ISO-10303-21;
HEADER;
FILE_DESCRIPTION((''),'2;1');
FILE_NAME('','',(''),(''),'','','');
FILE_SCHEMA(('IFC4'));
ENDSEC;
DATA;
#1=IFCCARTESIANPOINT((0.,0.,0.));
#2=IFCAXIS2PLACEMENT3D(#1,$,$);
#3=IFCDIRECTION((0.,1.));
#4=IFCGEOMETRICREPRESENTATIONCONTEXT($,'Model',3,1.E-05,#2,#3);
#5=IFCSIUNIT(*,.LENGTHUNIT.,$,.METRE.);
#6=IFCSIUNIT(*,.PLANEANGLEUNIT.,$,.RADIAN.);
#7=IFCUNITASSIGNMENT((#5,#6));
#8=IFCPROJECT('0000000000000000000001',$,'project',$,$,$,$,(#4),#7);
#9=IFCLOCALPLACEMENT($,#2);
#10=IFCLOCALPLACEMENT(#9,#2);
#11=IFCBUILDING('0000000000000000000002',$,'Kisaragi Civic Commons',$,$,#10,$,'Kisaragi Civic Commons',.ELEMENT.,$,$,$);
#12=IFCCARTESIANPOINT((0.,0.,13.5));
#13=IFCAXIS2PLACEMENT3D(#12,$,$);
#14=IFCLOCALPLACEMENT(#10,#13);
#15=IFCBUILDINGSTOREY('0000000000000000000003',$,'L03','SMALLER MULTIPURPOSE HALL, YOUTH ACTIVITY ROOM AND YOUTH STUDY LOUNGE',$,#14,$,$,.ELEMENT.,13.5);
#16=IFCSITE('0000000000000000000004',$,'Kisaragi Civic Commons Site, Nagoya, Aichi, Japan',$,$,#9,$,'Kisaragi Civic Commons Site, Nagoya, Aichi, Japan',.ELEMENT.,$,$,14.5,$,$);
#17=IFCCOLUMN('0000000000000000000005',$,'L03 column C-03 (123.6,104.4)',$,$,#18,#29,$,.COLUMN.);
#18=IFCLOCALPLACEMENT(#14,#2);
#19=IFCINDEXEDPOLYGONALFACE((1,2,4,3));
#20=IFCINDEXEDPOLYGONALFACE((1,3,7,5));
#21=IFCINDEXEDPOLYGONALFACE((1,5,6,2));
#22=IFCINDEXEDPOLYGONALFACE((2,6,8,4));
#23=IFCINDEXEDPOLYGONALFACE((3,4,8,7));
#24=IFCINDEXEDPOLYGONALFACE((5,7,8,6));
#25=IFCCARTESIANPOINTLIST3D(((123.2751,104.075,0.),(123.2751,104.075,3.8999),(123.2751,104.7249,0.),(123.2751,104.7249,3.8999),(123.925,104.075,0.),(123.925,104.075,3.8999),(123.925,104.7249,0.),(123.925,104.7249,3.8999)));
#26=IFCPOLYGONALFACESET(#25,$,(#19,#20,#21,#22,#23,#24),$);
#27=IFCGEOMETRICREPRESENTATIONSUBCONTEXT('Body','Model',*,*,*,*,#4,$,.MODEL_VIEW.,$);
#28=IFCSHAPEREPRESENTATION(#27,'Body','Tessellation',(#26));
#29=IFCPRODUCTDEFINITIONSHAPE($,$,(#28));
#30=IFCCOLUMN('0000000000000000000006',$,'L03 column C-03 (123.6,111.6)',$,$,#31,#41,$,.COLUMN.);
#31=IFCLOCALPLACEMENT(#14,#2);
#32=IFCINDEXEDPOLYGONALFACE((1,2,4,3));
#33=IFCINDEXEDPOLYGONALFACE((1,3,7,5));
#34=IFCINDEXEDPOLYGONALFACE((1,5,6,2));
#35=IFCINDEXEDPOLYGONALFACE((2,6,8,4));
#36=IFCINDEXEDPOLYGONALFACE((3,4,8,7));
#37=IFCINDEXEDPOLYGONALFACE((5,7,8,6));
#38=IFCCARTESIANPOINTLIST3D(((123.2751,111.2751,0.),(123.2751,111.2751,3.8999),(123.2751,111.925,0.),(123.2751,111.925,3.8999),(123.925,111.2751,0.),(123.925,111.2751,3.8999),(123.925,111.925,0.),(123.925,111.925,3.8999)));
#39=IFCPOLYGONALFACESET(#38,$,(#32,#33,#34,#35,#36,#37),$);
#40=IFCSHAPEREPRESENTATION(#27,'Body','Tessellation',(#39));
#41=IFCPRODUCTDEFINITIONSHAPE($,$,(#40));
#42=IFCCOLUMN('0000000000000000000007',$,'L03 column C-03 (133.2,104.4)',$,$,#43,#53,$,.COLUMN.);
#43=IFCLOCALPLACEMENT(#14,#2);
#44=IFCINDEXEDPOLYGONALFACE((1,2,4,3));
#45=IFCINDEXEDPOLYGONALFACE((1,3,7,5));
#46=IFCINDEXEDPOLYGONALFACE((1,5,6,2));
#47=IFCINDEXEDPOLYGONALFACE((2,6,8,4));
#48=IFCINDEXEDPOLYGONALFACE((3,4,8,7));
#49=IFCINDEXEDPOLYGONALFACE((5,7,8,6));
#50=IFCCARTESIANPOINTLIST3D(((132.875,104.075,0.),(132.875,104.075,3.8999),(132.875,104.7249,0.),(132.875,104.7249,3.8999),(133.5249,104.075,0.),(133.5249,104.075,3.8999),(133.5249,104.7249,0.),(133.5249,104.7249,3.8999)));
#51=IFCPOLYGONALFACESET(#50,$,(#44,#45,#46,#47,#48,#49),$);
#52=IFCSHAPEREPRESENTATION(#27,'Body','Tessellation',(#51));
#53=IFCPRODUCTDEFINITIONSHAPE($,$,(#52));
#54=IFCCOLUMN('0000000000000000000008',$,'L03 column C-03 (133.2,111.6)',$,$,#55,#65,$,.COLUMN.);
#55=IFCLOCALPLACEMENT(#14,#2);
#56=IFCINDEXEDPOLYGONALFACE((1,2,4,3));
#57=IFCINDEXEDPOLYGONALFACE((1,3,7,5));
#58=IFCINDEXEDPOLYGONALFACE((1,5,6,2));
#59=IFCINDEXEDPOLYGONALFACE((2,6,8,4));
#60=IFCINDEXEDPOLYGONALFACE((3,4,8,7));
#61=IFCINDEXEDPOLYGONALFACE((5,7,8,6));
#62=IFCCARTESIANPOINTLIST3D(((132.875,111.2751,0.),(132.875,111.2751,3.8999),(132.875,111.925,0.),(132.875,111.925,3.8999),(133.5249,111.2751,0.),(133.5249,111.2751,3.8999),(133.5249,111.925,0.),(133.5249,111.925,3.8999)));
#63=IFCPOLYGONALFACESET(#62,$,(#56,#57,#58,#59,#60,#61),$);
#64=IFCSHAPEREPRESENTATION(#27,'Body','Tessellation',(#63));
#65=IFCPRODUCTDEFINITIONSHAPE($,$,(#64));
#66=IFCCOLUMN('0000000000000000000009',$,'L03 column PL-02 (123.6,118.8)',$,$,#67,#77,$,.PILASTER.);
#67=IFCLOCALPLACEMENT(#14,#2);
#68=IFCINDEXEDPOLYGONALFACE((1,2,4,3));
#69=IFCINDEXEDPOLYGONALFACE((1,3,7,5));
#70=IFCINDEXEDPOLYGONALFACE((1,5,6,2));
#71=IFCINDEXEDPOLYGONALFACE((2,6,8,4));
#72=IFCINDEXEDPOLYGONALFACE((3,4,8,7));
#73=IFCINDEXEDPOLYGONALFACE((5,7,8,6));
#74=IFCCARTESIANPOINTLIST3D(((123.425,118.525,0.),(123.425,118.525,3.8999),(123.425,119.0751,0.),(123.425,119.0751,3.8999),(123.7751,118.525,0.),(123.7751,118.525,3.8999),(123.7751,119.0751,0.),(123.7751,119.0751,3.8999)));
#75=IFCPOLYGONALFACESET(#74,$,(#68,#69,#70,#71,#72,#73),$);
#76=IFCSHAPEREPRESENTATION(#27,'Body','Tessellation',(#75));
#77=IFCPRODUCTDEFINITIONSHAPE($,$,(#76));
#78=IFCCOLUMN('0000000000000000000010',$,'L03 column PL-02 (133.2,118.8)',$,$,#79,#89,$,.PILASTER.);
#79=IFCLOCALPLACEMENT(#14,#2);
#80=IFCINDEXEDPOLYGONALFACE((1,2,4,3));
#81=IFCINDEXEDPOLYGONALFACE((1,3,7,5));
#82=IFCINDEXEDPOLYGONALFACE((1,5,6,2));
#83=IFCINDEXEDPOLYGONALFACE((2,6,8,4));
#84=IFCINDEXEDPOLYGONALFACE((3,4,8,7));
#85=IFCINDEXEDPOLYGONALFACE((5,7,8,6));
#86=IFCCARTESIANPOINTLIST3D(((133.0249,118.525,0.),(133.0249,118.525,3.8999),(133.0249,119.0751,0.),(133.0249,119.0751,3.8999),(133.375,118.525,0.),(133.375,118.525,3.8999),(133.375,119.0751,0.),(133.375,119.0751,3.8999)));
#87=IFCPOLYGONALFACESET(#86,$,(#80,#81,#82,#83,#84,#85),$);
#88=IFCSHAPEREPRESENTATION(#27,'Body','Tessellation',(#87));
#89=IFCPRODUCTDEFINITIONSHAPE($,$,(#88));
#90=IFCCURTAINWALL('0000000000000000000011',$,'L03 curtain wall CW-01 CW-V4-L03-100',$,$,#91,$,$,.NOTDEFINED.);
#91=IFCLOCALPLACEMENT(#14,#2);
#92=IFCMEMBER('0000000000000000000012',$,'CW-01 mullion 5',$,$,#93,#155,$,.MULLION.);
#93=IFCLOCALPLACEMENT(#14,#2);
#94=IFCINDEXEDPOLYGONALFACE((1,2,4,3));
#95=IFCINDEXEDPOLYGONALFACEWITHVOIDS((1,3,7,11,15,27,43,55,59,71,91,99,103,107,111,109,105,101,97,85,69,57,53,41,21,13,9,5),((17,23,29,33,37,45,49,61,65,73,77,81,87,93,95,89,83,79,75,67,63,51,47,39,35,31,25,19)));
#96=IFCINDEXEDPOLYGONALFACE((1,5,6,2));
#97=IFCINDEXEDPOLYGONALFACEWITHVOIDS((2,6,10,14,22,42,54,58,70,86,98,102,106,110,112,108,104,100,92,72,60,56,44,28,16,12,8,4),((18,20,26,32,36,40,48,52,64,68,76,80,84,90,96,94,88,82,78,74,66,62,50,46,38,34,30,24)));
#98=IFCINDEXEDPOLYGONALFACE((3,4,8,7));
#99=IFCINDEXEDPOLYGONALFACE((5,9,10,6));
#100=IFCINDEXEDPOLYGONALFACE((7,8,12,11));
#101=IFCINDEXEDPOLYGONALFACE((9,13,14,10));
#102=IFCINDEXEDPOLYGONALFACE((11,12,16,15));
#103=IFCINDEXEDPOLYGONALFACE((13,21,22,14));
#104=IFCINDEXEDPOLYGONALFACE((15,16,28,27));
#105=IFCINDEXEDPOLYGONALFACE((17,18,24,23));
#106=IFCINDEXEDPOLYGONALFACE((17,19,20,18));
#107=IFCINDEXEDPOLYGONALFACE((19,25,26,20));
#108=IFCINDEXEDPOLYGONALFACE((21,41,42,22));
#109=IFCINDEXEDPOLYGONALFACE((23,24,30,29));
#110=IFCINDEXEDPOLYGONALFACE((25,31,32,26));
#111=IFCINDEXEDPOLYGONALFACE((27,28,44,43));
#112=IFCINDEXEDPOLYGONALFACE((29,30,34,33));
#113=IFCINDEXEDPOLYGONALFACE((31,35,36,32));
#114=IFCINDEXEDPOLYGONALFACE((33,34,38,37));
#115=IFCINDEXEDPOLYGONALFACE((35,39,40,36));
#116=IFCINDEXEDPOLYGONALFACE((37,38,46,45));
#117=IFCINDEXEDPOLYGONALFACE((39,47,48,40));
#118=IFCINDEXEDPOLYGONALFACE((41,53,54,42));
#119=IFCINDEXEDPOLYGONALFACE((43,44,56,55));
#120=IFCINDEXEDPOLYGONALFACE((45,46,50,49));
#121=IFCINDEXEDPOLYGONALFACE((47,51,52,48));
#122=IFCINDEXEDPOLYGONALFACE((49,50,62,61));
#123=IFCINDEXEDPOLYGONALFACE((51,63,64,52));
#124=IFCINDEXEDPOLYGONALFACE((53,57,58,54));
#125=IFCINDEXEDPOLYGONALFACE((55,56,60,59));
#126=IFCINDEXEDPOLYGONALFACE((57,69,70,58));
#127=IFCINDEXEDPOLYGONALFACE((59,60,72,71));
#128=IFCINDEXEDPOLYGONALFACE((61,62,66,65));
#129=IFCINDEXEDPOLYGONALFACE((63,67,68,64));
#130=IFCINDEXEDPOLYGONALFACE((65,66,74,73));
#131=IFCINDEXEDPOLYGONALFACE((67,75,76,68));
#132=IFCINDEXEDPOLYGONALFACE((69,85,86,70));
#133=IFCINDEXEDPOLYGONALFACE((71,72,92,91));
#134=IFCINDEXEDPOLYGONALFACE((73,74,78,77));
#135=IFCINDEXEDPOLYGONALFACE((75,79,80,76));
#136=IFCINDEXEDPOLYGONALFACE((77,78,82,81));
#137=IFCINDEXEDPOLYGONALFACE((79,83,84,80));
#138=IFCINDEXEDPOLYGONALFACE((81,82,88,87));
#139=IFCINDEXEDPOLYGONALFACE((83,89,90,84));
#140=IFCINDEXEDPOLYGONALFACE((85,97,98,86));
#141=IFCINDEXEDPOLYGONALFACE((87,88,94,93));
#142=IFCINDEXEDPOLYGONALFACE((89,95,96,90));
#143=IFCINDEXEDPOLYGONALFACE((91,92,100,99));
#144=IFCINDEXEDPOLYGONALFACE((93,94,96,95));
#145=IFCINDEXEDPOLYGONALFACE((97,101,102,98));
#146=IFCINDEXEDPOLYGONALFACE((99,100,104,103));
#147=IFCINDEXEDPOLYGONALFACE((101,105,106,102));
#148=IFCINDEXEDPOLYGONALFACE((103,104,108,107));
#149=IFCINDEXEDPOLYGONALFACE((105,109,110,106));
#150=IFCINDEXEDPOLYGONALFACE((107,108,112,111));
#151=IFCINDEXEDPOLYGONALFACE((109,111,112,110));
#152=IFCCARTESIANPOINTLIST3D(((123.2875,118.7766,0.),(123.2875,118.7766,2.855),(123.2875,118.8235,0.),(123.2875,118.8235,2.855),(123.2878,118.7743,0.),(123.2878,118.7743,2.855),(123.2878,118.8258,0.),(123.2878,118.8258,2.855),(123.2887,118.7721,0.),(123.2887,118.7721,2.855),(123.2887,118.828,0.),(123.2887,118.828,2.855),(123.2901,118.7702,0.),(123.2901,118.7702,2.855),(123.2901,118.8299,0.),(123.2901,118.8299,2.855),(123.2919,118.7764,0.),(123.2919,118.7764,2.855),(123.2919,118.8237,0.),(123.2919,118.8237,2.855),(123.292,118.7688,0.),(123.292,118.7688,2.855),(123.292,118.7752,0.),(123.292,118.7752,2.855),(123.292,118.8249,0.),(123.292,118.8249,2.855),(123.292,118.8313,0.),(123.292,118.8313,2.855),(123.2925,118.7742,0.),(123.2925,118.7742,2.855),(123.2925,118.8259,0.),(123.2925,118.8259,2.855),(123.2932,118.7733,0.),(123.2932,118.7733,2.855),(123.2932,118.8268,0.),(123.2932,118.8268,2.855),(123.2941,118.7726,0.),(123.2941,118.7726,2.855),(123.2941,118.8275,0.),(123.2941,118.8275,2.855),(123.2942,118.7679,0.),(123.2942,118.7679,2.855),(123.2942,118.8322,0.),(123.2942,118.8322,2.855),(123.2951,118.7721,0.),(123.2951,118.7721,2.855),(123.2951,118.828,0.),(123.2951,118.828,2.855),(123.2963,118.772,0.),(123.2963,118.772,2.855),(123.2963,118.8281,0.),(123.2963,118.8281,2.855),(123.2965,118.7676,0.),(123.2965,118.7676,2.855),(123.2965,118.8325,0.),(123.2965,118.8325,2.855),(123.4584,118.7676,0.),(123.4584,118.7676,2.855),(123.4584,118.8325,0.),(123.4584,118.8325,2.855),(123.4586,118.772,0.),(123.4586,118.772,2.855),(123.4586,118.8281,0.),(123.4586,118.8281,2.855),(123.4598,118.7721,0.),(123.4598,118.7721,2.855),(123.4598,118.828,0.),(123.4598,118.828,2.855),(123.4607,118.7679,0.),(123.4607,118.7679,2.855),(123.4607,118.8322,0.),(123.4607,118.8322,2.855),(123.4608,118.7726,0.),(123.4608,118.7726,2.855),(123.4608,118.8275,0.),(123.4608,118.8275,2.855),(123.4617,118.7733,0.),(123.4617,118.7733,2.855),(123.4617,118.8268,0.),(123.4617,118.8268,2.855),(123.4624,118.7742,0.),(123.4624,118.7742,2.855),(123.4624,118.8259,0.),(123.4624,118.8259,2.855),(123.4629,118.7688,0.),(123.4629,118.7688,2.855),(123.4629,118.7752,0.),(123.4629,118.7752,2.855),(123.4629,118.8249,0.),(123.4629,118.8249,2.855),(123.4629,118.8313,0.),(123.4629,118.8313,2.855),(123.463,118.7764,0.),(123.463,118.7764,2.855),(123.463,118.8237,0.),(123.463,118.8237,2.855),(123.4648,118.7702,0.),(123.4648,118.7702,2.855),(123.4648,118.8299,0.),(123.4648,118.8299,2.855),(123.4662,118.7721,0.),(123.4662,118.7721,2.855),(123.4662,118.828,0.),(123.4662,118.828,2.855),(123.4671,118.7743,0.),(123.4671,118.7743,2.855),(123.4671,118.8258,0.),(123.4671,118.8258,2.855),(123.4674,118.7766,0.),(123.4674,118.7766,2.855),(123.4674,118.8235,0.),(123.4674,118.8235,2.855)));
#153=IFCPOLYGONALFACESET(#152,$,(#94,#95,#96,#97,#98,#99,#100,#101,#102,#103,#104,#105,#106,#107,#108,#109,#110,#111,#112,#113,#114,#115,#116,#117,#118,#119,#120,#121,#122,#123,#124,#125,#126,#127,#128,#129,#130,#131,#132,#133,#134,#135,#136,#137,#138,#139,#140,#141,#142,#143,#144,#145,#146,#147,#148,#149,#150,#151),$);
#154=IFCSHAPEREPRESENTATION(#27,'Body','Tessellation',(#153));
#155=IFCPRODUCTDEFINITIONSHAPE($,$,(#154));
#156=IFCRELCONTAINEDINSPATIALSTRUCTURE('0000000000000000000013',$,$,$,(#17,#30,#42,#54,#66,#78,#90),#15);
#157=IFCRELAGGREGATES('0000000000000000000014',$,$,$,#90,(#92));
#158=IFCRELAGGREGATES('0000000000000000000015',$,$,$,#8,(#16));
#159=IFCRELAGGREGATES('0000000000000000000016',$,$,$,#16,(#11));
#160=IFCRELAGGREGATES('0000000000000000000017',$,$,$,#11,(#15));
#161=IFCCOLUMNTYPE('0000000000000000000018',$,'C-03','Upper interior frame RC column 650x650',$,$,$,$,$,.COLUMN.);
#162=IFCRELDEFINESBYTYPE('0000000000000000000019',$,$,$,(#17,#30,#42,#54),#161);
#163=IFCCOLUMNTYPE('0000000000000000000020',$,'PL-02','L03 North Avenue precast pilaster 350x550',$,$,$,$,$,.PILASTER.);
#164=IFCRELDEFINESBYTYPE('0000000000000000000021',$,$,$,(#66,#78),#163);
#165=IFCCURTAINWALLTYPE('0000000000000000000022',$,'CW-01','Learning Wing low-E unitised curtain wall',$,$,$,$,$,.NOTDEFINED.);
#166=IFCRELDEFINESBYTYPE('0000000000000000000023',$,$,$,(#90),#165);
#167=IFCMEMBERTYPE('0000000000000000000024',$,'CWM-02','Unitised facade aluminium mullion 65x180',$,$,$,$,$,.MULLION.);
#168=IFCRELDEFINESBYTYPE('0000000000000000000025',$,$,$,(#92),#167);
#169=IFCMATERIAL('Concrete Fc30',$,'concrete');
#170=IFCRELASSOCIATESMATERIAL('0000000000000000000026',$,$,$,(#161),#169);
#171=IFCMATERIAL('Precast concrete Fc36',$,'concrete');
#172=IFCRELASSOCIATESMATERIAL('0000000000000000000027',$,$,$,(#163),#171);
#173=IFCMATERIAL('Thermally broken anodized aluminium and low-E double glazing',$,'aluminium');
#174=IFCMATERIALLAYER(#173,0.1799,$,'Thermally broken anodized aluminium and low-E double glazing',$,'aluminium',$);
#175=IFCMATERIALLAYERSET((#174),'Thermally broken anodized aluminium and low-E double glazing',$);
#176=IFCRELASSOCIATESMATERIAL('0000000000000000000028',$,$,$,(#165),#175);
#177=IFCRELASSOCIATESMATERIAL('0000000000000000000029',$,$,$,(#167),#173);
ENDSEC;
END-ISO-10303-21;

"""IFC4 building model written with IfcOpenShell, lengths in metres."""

from ifc_helpers import new_model, si_unit, direction, frame, origin, origin_2d, place, context, subcontext, project, spatial, rectangle, hollow_rectangle, extrude, material, layer, layer_set, material_profile, profile_set, type_object, element, aggregate, save


model = new_model("IFC4")

# Units and contexts
model_context = context("Model", 3, precision=1e-05, world=origin(), true_north=direction((0.0, 1.0)))
body_context = subcontext(model_context, "Body", "Model", "MODEL_VIEW")
ifc_project = project(units=[si_unit("LENGTHUNIT", "METRE"), si_unit("PLANEANGLEUNIT", "RADIAN")], contexts=[model_context])

# Site, building, storey
site_placement = place(None, origin())
site = spatial("IfcSite", under=ifc_project, at=site_placement, Name="Kisaragi Civic Commons Site, Nagoya, Aichi, Japan", LongName="Kisaragi Civic Commons Site, Nagoya, Aichi, Japan", CompositionType="ELEMENT", RefElevation=14.5)
building_placement = place(site_placement, origin())
building = spatial("IfcBuilding", under=site, at=building_placement, Name="Kisaragi Civic Commons", LongName="Kisaragi Civic Commons", CompositionType="ELEMENT")
storey_placement = place(building_placement, frame((0.0, 0.0, 13.5)))
storey = spatial("IfcBuildingStorey", under=building, at=storey_placement, Name="L03", Description="SMALLER MULTIPURPOSE HALL, YOUTH ACTIVITY ROOM AND YOUTH STUDY LOUNGE", CompositionType="ELEMENT", Elevation=13.5)

# Columns
ifc_material_1 = material(Name="Concrete Fc30", Category="concrete")
ifc_material_profile_1 = material_profile(ifc_material_1, rectangle(XDim=0.6499, YDim=0.6499, at=origin_2d()), Name="RC-650x650", Category="concrete")
ifc_profile_set_1 = profile_set([ifc_material_profile_1], Name="Concrete Fc30")
column_type_1 = type_object("IfcColumnType", Name="C-03", Description="Upper interior frame RC column 650x650", PredefinedType="COLUMN", material=ifc_profile_set_1)
for number, where, z_axis, x_axis, name in (
    (1, (123.6001, 104.3999, 0.0), (0.0, 0.0, 1.0), (1.0, 0.0, 0.0), "L03 column C-03 (123.6,104.4)"),
    (2, (123.6001, 111.6001, 0.0), (0.0, 0.0, 1.0), (1.0, 0.0, 0.0), "L03 column C-03 (123.6,111.6)"),
    (3, (133.2, 104.3999, 0.0), (0.0, 0.0, 1.0), (1.0, 0.0, 0.0), "L03 column C-03 (133.2,104.4)"),
    (4, (133.2, 111.6001, 0.0), (0.0, 0.0, 1.0), (1.0, 0.0, 0.0), "L03 column C-03 (133.2,111.6)"),
):
    element("IfcColumn", number, at=place(storey_placement, frame(where, z_axis=z_axis, x_axis=x_axis)), inside=storey, type_object=column_type_1, Name=name, PredefinedType="COLUMN", context=body_context, shape_type="SweptSolid", body=[
        extrude(rectangle(XDim=0.6499, YDim=0.6499, at=origin_2d()), origin(), (0.0, 0.0, 1.0), 3.8999),
    ])
ifc_material_2 = material(Name="Precast concrete Fc36", Category="concrete")
ifc_material_profile_2 = material_profile(ifc_material_2, rectangle(XDim=0.3501, YDim=0.55, at=origin_2d()), Name="RC-350x550", Category="concrete")
ifc_profile_set_2 = profile_set([ifc_material_profile_2], Name="Precast concrete Fc36")
column_type_2 = type_object("IfcColumnType", Name="PL-02", Description="L03 North Avenue precast pilaster 350x550", PredefinedType="PILASTER", material=ifc_profile_set_2)
for number, where, z_axis, x_axis, name in (
    (5, (123.6001, 118.8, 0.0), (0.0, 0.0, 1.0), (1.0, 0.0, 0.0), "L03 column PL-02 (123.6,118.8)"),
    (6, (133.2, 118.8, 0.0), (0.0, 0.0, 1.0), (1.0, 0.0, 0.0), "L03 column PL-02 (133.2,118.8)"),
):
    element("IfcColumn", number, at=place(storey_placement, frame(where, z_axis=z_axis, x_axis=x_axis)), inside=storey, type_object=column_type_2, Name=name, PredefinedType="PILASTER", context=body_context, shape_type="SweptSolid", body=[
        extrude(rectangle(XDim=0.3501, YDim=0.55, at=origin_2d()), origin(), (0.0, 0.0, 1.0), 3.8999),
    ])

# Curtain wall, member
ifc_material_3 = material(Name="Thermally broken anodized aluminium and low-E double glazing", Category="aluminium")
ifc_layer_1 = layer(ifc_material_3, 0.1799, Name="Thermally broken anodized aluminium and low-E double glazing", Category="aluminium")
ifc_layer_set_1 = layer_set([ifc_layer_1], Name="Thermally broken anodized aluminium and low-E double glazing")
curtain_wall_type = type_object("IfcCurtainWallType", Name="CW-01", Description="Learning Wing low-E unitised curtain wall", PredefinedType="NOTDEFINED", material=ifc_layer_set_1)
curtain_wall_1_placement = place(storey_placement, origin())
curtain_wall_1 = element("IfcCurtainWall", 7, at=curtain_wall_1_placement, inside=storey, type_object=curtain_wall_type, Name="L03 curtain wall CW-01 CW-V4-L03-100", PredefinedType="NOTDEFINED")
ifc_material_profile_3 = material_profile(ifc_material_3, hollow_rectangle(XDim=0.0649, YDim=0.1799, WallThickness=0.0044, InnerFilletRadius=0.0044, OuterFilletRadius=0.009, at=origin_2d()), Name="CWM-65x180x4.5", Category="aluminium")
ifc_profile_set_3 = profile_set([ifc_material_profile_3], Name="Thermally broken anodized aluminium and low-E double glazing")
member_type = type_object("IfcMemberType", Name="CWM-02", Description="Unitised facade aluminium mullion 65x180", PredefinedType="MULLION", material=ifc_profile_set_3)
member_1_placement = place(storey_placement, frame((123.3774, 118.8, 0.0), z_axis=(0.0, 0.0, 1.0), x_axis=(0.0, 1.0, 0.0)))
member_1 = element("IfcMember", 8, at=member_1_placement, type_object=member_type, Name="CW-01 mullion 5", PredefinedType="MULLION", context=body_context, shape_type="SweptSolid", body=[
    extrude(hollow_rectangle(XDim=0.0649, YDim=0.1799, WallThickness=0.0044, InnerFilletRadius=0.0044, OuterFilletRadius=0.009, at=origin_2d()), origin(), (0.0, 0.0, 1.0), 2.855),
])

aggregate(curtain_wall_1, [member_1])

save(model, "model.ifc")
